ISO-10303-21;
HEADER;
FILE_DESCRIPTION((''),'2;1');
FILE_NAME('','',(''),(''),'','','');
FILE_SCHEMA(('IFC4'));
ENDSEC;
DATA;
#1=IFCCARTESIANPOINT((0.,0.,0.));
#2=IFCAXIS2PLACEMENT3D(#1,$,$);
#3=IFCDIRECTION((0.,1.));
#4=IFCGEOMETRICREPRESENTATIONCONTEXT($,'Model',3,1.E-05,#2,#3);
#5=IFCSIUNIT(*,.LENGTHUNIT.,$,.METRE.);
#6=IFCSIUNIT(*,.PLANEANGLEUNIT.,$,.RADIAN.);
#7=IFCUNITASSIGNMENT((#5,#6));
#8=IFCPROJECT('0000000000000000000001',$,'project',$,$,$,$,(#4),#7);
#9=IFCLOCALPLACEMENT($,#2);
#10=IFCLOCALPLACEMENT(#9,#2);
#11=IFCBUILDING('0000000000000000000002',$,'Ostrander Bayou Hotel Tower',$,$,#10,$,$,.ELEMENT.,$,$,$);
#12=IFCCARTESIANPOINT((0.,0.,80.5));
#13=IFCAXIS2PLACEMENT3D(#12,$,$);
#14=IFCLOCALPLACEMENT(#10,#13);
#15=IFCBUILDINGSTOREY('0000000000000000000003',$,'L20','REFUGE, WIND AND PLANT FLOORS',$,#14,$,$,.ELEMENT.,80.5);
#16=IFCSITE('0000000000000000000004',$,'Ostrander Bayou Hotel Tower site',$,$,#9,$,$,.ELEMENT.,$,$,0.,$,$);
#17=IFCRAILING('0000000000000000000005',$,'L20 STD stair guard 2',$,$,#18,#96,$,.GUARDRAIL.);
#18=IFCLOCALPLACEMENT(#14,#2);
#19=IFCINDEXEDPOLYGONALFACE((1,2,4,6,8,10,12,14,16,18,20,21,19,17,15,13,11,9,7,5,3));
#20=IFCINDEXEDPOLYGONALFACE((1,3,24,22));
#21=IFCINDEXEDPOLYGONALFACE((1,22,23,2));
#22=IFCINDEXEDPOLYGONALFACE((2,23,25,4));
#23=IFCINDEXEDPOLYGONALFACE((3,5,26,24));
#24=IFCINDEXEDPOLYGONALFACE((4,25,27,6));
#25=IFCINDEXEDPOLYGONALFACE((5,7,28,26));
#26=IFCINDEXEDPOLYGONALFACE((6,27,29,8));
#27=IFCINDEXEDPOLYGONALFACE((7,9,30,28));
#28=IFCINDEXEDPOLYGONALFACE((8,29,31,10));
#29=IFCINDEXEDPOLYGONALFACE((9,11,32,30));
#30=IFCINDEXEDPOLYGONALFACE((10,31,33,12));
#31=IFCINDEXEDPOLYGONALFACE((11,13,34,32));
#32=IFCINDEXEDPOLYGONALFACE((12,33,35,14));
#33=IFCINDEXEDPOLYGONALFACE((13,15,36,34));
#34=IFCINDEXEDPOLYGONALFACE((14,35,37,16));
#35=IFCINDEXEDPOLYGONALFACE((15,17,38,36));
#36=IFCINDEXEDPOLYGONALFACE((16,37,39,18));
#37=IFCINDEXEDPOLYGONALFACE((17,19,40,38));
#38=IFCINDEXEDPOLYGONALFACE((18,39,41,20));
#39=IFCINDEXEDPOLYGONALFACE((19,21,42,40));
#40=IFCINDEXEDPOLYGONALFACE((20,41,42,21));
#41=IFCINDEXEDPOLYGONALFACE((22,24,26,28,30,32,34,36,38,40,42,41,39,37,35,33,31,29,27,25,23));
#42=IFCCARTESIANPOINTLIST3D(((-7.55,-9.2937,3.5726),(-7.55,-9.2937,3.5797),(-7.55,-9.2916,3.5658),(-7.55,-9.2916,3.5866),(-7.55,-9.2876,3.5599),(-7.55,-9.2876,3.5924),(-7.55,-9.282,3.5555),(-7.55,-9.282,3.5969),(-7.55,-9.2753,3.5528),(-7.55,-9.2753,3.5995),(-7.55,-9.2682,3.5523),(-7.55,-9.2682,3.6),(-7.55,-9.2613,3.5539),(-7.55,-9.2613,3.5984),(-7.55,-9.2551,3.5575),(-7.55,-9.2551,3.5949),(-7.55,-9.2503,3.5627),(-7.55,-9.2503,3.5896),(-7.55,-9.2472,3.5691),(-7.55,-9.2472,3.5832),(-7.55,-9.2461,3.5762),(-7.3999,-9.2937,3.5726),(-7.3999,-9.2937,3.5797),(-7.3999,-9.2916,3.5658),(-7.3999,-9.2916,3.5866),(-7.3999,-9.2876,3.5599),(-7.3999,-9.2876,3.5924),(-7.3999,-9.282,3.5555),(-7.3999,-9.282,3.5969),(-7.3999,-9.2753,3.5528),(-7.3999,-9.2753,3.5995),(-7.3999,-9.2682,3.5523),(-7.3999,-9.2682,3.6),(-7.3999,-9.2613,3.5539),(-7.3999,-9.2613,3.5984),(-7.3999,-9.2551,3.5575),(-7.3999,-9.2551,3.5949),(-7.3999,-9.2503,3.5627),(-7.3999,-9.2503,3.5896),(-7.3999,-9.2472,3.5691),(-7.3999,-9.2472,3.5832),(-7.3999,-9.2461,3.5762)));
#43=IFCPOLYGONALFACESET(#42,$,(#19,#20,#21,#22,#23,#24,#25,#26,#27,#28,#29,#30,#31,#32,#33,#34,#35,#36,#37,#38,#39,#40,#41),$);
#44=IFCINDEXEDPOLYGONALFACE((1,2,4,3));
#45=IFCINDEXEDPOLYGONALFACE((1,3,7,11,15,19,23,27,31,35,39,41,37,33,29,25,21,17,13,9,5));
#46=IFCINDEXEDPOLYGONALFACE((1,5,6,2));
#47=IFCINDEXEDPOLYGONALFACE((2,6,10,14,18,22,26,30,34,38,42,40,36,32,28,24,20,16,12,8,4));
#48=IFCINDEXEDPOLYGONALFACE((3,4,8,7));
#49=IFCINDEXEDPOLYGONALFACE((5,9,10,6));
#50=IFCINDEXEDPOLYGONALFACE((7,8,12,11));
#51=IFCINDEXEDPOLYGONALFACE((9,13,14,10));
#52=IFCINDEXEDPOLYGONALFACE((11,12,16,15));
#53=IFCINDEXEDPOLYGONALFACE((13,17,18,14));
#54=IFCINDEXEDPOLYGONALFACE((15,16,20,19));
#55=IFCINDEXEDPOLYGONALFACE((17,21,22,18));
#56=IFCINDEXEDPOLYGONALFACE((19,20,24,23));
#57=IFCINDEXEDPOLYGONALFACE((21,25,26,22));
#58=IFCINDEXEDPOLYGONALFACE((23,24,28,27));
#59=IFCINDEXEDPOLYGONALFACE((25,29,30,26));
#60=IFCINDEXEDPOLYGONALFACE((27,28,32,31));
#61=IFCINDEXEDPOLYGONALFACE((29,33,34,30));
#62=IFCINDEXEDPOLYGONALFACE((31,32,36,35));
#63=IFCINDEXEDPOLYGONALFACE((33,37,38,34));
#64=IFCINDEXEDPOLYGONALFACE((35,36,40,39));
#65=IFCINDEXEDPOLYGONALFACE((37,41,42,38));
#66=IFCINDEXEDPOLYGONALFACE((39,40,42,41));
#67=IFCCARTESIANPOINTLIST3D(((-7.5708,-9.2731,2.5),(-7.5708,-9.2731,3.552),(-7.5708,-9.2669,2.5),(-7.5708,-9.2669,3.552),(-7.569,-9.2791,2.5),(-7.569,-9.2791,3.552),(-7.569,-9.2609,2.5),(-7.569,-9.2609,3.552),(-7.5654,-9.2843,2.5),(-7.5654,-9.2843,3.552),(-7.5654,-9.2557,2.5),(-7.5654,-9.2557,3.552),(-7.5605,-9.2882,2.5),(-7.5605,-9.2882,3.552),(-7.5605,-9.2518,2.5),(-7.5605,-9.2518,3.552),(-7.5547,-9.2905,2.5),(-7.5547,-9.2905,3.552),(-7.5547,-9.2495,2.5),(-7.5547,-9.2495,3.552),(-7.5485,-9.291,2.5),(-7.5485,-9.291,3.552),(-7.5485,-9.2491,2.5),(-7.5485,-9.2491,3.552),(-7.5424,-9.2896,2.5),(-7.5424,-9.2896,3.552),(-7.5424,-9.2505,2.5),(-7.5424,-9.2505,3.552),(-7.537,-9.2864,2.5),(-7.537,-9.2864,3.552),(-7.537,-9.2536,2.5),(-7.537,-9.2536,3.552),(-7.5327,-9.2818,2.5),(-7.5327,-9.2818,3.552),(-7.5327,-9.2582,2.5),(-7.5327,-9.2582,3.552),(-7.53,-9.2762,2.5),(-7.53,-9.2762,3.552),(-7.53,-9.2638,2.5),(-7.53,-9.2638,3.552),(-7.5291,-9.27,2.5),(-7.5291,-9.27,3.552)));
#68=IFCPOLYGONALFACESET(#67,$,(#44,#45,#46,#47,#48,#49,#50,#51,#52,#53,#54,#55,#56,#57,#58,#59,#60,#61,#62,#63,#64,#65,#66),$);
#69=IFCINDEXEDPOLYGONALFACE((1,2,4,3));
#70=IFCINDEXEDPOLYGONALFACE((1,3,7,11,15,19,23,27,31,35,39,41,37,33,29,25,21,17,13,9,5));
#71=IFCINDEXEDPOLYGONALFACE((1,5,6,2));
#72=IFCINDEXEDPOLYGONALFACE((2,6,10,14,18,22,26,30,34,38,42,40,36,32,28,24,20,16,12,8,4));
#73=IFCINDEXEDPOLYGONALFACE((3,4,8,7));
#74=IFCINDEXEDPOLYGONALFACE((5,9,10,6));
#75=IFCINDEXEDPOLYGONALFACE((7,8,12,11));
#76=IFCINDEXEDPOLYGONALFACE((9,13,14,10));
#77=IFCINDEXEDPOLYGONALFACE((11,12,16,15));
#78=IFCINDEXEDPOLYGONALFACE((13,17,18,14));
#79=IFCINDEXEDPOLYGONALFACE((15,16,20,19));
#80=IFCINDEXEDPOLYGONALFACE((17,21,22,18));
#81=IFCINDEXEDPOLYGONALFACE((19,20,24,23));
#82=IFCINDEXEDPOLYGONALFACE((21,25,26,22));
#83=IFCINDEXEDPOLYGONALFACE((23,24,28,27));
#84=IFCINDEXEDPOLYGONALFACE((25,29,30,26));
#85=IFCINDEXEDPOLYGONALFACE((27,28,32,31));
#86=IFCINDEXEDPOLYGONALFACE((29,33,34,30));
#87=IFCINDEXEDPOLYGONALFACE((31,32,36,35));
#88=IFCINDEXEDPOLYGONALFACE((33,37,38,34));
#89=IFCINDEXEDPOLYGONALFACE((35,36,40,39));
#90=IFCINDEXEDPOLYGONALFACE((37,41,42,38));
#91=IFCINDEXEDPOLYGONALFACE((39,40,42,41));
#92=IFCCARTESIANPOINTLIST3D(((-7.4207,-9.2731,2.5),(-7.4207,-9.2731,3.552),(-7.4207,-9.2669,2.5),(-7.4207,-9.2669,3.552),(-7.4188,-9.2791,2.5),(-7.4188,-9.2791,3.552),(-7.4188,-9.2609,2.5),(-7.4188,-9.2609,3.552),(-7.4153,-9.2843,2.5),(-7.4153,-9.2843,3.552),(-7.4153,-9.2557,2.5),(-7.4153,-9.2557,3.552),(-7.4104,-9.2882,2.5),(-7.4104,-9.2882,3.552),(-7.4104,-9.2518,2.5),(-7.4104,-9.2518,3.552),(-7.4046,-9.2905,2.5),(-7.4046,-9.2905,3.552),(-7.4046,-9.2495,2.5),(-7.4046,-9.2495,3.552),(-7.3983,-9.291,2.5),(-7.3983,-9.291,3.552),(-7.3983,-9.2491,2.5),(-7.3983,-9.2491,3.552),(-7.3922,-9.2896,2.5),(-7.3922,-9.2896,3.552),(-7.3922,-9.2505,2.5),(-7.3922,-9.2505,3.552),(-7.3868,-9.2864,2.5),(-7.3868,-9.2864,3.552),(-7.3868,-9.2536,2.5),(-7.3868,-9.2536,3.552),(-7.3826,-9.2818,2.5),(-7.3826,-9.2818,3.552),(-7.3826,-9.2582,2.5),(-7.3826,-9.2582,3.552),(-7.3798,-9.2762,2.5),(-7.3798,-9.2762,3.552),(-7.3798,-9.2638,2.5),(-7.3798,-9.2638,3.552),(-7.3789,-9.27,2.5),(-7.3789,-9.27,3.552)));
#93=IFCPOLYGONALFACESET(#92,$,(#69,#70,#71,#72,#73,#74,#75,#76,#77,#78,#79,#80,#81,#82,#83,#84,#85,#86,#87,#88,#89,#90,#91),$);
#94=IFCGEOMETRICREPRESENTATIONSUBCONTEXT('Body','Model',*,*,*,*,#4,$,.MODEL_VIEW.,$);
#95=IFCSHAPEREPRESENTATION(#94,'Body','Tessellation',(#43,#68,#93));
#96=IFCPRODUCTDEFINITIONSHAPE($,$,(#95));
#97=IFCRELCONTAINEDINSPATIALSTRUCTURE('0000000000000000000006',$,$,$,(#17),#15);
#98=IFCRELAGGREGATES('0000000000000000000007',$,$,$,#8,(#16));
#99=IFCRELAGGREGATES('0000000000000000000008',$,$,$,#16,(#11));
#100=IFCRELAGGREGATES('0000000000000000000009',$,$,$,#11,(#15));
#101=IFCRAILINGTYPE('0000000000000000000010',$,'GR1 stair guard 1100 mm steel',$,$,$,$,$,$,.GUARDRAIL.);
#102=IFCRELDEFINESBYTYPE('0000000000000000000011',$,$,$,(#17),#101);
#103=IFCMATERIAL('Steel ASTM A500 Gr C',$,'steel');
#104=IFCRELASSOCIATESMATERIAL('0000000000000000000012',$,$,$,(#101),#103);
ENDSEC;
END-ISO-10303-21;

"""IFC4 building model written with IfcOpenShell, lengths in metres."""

from ifc_helpers import new_model, si_unit, direction, frame, origin, origin_2d, place, context, subcontext, project, spatial, circle, extrude, material, type_object, element, save


model = new_model("IFC4")

# Units and contexts
model_context = context("Model", 3, precision=1e-05, world=origin(), true_north=direction((0.0, 1.0)))
body_context = subcontext(model_context, "Body", "Model", "MODEL_VIEW")
ifc_project = project(units=[si_unit("LENGTHUNIT", "METRE"), si_unit("PLANEANGLEUNIT", "RADIAN")], contexts=[model_context])

# Site, building, storey
site_placement = place(None, origin())
site = spatial("IfcSite", under=ifc_project, at=site_placement, Name="Ostrander Bayou Hotel Tower site", CompositionType="ELEMENT", RefElevation=0.0)
building_placement = place(site_placement, origin())
building = spatial("IfcBuilding", under=site, at=building_placement, Name="Ostrander Bayou Hotel Tower", CompositionType="ELEMENT")
storey_placement = place(building_placement, frame((0.0, 0.0, 80.5)))
storey = spatial("IfcBuildingStorey", under=building, at=storey_placement, Name="L20", Description="REFUGE, WIND AND PLANT FLOORS", CompositionType="ELEMENT", Elevation=80.5)

# Railing
ifc_material_1 = material(Name="Steel ASTM A500 Gr C", Category="steel")
railing_type_1 = type_object("IfcRailingType", Name="GR1 stair guard 1100 mm steel", PredefinedType="GUARDRAIL", material=ifc_material_1)
railing_1_placement = place(storey_placement, frame((-7.55, -9.27, 2.5)))
element("IfcRailing", 1, at=railing_1_placement, inside=storey, type_object=railing_type_1, Name="L20 STD stair guard 2", PredefinedType="GUARDRAIL", context=body_context, shape_type="SweptSolid", body=[
    extrude(circle(Radius=0.0239, at=origin_2d()), frame((0.0, 0.0, 1.0762), z_axis=(1.0, 0.0, 0.0), x_axis=(0.0, 1.0, 0.0)), (0.0, 0.0, 1.0), 0.1501),
    extrude(circle(Radius=0.021, at=origin_2d()), origin(), (0.0, 0.0, 1.0), 1.052),
    extrude(circle(Radius=0.021, at=origin_2d()), frame((0.1501, 0.0, 0.0)), (0.0, 0.0, 1.0), 1.052),
])

save(model, "model.ifc")
